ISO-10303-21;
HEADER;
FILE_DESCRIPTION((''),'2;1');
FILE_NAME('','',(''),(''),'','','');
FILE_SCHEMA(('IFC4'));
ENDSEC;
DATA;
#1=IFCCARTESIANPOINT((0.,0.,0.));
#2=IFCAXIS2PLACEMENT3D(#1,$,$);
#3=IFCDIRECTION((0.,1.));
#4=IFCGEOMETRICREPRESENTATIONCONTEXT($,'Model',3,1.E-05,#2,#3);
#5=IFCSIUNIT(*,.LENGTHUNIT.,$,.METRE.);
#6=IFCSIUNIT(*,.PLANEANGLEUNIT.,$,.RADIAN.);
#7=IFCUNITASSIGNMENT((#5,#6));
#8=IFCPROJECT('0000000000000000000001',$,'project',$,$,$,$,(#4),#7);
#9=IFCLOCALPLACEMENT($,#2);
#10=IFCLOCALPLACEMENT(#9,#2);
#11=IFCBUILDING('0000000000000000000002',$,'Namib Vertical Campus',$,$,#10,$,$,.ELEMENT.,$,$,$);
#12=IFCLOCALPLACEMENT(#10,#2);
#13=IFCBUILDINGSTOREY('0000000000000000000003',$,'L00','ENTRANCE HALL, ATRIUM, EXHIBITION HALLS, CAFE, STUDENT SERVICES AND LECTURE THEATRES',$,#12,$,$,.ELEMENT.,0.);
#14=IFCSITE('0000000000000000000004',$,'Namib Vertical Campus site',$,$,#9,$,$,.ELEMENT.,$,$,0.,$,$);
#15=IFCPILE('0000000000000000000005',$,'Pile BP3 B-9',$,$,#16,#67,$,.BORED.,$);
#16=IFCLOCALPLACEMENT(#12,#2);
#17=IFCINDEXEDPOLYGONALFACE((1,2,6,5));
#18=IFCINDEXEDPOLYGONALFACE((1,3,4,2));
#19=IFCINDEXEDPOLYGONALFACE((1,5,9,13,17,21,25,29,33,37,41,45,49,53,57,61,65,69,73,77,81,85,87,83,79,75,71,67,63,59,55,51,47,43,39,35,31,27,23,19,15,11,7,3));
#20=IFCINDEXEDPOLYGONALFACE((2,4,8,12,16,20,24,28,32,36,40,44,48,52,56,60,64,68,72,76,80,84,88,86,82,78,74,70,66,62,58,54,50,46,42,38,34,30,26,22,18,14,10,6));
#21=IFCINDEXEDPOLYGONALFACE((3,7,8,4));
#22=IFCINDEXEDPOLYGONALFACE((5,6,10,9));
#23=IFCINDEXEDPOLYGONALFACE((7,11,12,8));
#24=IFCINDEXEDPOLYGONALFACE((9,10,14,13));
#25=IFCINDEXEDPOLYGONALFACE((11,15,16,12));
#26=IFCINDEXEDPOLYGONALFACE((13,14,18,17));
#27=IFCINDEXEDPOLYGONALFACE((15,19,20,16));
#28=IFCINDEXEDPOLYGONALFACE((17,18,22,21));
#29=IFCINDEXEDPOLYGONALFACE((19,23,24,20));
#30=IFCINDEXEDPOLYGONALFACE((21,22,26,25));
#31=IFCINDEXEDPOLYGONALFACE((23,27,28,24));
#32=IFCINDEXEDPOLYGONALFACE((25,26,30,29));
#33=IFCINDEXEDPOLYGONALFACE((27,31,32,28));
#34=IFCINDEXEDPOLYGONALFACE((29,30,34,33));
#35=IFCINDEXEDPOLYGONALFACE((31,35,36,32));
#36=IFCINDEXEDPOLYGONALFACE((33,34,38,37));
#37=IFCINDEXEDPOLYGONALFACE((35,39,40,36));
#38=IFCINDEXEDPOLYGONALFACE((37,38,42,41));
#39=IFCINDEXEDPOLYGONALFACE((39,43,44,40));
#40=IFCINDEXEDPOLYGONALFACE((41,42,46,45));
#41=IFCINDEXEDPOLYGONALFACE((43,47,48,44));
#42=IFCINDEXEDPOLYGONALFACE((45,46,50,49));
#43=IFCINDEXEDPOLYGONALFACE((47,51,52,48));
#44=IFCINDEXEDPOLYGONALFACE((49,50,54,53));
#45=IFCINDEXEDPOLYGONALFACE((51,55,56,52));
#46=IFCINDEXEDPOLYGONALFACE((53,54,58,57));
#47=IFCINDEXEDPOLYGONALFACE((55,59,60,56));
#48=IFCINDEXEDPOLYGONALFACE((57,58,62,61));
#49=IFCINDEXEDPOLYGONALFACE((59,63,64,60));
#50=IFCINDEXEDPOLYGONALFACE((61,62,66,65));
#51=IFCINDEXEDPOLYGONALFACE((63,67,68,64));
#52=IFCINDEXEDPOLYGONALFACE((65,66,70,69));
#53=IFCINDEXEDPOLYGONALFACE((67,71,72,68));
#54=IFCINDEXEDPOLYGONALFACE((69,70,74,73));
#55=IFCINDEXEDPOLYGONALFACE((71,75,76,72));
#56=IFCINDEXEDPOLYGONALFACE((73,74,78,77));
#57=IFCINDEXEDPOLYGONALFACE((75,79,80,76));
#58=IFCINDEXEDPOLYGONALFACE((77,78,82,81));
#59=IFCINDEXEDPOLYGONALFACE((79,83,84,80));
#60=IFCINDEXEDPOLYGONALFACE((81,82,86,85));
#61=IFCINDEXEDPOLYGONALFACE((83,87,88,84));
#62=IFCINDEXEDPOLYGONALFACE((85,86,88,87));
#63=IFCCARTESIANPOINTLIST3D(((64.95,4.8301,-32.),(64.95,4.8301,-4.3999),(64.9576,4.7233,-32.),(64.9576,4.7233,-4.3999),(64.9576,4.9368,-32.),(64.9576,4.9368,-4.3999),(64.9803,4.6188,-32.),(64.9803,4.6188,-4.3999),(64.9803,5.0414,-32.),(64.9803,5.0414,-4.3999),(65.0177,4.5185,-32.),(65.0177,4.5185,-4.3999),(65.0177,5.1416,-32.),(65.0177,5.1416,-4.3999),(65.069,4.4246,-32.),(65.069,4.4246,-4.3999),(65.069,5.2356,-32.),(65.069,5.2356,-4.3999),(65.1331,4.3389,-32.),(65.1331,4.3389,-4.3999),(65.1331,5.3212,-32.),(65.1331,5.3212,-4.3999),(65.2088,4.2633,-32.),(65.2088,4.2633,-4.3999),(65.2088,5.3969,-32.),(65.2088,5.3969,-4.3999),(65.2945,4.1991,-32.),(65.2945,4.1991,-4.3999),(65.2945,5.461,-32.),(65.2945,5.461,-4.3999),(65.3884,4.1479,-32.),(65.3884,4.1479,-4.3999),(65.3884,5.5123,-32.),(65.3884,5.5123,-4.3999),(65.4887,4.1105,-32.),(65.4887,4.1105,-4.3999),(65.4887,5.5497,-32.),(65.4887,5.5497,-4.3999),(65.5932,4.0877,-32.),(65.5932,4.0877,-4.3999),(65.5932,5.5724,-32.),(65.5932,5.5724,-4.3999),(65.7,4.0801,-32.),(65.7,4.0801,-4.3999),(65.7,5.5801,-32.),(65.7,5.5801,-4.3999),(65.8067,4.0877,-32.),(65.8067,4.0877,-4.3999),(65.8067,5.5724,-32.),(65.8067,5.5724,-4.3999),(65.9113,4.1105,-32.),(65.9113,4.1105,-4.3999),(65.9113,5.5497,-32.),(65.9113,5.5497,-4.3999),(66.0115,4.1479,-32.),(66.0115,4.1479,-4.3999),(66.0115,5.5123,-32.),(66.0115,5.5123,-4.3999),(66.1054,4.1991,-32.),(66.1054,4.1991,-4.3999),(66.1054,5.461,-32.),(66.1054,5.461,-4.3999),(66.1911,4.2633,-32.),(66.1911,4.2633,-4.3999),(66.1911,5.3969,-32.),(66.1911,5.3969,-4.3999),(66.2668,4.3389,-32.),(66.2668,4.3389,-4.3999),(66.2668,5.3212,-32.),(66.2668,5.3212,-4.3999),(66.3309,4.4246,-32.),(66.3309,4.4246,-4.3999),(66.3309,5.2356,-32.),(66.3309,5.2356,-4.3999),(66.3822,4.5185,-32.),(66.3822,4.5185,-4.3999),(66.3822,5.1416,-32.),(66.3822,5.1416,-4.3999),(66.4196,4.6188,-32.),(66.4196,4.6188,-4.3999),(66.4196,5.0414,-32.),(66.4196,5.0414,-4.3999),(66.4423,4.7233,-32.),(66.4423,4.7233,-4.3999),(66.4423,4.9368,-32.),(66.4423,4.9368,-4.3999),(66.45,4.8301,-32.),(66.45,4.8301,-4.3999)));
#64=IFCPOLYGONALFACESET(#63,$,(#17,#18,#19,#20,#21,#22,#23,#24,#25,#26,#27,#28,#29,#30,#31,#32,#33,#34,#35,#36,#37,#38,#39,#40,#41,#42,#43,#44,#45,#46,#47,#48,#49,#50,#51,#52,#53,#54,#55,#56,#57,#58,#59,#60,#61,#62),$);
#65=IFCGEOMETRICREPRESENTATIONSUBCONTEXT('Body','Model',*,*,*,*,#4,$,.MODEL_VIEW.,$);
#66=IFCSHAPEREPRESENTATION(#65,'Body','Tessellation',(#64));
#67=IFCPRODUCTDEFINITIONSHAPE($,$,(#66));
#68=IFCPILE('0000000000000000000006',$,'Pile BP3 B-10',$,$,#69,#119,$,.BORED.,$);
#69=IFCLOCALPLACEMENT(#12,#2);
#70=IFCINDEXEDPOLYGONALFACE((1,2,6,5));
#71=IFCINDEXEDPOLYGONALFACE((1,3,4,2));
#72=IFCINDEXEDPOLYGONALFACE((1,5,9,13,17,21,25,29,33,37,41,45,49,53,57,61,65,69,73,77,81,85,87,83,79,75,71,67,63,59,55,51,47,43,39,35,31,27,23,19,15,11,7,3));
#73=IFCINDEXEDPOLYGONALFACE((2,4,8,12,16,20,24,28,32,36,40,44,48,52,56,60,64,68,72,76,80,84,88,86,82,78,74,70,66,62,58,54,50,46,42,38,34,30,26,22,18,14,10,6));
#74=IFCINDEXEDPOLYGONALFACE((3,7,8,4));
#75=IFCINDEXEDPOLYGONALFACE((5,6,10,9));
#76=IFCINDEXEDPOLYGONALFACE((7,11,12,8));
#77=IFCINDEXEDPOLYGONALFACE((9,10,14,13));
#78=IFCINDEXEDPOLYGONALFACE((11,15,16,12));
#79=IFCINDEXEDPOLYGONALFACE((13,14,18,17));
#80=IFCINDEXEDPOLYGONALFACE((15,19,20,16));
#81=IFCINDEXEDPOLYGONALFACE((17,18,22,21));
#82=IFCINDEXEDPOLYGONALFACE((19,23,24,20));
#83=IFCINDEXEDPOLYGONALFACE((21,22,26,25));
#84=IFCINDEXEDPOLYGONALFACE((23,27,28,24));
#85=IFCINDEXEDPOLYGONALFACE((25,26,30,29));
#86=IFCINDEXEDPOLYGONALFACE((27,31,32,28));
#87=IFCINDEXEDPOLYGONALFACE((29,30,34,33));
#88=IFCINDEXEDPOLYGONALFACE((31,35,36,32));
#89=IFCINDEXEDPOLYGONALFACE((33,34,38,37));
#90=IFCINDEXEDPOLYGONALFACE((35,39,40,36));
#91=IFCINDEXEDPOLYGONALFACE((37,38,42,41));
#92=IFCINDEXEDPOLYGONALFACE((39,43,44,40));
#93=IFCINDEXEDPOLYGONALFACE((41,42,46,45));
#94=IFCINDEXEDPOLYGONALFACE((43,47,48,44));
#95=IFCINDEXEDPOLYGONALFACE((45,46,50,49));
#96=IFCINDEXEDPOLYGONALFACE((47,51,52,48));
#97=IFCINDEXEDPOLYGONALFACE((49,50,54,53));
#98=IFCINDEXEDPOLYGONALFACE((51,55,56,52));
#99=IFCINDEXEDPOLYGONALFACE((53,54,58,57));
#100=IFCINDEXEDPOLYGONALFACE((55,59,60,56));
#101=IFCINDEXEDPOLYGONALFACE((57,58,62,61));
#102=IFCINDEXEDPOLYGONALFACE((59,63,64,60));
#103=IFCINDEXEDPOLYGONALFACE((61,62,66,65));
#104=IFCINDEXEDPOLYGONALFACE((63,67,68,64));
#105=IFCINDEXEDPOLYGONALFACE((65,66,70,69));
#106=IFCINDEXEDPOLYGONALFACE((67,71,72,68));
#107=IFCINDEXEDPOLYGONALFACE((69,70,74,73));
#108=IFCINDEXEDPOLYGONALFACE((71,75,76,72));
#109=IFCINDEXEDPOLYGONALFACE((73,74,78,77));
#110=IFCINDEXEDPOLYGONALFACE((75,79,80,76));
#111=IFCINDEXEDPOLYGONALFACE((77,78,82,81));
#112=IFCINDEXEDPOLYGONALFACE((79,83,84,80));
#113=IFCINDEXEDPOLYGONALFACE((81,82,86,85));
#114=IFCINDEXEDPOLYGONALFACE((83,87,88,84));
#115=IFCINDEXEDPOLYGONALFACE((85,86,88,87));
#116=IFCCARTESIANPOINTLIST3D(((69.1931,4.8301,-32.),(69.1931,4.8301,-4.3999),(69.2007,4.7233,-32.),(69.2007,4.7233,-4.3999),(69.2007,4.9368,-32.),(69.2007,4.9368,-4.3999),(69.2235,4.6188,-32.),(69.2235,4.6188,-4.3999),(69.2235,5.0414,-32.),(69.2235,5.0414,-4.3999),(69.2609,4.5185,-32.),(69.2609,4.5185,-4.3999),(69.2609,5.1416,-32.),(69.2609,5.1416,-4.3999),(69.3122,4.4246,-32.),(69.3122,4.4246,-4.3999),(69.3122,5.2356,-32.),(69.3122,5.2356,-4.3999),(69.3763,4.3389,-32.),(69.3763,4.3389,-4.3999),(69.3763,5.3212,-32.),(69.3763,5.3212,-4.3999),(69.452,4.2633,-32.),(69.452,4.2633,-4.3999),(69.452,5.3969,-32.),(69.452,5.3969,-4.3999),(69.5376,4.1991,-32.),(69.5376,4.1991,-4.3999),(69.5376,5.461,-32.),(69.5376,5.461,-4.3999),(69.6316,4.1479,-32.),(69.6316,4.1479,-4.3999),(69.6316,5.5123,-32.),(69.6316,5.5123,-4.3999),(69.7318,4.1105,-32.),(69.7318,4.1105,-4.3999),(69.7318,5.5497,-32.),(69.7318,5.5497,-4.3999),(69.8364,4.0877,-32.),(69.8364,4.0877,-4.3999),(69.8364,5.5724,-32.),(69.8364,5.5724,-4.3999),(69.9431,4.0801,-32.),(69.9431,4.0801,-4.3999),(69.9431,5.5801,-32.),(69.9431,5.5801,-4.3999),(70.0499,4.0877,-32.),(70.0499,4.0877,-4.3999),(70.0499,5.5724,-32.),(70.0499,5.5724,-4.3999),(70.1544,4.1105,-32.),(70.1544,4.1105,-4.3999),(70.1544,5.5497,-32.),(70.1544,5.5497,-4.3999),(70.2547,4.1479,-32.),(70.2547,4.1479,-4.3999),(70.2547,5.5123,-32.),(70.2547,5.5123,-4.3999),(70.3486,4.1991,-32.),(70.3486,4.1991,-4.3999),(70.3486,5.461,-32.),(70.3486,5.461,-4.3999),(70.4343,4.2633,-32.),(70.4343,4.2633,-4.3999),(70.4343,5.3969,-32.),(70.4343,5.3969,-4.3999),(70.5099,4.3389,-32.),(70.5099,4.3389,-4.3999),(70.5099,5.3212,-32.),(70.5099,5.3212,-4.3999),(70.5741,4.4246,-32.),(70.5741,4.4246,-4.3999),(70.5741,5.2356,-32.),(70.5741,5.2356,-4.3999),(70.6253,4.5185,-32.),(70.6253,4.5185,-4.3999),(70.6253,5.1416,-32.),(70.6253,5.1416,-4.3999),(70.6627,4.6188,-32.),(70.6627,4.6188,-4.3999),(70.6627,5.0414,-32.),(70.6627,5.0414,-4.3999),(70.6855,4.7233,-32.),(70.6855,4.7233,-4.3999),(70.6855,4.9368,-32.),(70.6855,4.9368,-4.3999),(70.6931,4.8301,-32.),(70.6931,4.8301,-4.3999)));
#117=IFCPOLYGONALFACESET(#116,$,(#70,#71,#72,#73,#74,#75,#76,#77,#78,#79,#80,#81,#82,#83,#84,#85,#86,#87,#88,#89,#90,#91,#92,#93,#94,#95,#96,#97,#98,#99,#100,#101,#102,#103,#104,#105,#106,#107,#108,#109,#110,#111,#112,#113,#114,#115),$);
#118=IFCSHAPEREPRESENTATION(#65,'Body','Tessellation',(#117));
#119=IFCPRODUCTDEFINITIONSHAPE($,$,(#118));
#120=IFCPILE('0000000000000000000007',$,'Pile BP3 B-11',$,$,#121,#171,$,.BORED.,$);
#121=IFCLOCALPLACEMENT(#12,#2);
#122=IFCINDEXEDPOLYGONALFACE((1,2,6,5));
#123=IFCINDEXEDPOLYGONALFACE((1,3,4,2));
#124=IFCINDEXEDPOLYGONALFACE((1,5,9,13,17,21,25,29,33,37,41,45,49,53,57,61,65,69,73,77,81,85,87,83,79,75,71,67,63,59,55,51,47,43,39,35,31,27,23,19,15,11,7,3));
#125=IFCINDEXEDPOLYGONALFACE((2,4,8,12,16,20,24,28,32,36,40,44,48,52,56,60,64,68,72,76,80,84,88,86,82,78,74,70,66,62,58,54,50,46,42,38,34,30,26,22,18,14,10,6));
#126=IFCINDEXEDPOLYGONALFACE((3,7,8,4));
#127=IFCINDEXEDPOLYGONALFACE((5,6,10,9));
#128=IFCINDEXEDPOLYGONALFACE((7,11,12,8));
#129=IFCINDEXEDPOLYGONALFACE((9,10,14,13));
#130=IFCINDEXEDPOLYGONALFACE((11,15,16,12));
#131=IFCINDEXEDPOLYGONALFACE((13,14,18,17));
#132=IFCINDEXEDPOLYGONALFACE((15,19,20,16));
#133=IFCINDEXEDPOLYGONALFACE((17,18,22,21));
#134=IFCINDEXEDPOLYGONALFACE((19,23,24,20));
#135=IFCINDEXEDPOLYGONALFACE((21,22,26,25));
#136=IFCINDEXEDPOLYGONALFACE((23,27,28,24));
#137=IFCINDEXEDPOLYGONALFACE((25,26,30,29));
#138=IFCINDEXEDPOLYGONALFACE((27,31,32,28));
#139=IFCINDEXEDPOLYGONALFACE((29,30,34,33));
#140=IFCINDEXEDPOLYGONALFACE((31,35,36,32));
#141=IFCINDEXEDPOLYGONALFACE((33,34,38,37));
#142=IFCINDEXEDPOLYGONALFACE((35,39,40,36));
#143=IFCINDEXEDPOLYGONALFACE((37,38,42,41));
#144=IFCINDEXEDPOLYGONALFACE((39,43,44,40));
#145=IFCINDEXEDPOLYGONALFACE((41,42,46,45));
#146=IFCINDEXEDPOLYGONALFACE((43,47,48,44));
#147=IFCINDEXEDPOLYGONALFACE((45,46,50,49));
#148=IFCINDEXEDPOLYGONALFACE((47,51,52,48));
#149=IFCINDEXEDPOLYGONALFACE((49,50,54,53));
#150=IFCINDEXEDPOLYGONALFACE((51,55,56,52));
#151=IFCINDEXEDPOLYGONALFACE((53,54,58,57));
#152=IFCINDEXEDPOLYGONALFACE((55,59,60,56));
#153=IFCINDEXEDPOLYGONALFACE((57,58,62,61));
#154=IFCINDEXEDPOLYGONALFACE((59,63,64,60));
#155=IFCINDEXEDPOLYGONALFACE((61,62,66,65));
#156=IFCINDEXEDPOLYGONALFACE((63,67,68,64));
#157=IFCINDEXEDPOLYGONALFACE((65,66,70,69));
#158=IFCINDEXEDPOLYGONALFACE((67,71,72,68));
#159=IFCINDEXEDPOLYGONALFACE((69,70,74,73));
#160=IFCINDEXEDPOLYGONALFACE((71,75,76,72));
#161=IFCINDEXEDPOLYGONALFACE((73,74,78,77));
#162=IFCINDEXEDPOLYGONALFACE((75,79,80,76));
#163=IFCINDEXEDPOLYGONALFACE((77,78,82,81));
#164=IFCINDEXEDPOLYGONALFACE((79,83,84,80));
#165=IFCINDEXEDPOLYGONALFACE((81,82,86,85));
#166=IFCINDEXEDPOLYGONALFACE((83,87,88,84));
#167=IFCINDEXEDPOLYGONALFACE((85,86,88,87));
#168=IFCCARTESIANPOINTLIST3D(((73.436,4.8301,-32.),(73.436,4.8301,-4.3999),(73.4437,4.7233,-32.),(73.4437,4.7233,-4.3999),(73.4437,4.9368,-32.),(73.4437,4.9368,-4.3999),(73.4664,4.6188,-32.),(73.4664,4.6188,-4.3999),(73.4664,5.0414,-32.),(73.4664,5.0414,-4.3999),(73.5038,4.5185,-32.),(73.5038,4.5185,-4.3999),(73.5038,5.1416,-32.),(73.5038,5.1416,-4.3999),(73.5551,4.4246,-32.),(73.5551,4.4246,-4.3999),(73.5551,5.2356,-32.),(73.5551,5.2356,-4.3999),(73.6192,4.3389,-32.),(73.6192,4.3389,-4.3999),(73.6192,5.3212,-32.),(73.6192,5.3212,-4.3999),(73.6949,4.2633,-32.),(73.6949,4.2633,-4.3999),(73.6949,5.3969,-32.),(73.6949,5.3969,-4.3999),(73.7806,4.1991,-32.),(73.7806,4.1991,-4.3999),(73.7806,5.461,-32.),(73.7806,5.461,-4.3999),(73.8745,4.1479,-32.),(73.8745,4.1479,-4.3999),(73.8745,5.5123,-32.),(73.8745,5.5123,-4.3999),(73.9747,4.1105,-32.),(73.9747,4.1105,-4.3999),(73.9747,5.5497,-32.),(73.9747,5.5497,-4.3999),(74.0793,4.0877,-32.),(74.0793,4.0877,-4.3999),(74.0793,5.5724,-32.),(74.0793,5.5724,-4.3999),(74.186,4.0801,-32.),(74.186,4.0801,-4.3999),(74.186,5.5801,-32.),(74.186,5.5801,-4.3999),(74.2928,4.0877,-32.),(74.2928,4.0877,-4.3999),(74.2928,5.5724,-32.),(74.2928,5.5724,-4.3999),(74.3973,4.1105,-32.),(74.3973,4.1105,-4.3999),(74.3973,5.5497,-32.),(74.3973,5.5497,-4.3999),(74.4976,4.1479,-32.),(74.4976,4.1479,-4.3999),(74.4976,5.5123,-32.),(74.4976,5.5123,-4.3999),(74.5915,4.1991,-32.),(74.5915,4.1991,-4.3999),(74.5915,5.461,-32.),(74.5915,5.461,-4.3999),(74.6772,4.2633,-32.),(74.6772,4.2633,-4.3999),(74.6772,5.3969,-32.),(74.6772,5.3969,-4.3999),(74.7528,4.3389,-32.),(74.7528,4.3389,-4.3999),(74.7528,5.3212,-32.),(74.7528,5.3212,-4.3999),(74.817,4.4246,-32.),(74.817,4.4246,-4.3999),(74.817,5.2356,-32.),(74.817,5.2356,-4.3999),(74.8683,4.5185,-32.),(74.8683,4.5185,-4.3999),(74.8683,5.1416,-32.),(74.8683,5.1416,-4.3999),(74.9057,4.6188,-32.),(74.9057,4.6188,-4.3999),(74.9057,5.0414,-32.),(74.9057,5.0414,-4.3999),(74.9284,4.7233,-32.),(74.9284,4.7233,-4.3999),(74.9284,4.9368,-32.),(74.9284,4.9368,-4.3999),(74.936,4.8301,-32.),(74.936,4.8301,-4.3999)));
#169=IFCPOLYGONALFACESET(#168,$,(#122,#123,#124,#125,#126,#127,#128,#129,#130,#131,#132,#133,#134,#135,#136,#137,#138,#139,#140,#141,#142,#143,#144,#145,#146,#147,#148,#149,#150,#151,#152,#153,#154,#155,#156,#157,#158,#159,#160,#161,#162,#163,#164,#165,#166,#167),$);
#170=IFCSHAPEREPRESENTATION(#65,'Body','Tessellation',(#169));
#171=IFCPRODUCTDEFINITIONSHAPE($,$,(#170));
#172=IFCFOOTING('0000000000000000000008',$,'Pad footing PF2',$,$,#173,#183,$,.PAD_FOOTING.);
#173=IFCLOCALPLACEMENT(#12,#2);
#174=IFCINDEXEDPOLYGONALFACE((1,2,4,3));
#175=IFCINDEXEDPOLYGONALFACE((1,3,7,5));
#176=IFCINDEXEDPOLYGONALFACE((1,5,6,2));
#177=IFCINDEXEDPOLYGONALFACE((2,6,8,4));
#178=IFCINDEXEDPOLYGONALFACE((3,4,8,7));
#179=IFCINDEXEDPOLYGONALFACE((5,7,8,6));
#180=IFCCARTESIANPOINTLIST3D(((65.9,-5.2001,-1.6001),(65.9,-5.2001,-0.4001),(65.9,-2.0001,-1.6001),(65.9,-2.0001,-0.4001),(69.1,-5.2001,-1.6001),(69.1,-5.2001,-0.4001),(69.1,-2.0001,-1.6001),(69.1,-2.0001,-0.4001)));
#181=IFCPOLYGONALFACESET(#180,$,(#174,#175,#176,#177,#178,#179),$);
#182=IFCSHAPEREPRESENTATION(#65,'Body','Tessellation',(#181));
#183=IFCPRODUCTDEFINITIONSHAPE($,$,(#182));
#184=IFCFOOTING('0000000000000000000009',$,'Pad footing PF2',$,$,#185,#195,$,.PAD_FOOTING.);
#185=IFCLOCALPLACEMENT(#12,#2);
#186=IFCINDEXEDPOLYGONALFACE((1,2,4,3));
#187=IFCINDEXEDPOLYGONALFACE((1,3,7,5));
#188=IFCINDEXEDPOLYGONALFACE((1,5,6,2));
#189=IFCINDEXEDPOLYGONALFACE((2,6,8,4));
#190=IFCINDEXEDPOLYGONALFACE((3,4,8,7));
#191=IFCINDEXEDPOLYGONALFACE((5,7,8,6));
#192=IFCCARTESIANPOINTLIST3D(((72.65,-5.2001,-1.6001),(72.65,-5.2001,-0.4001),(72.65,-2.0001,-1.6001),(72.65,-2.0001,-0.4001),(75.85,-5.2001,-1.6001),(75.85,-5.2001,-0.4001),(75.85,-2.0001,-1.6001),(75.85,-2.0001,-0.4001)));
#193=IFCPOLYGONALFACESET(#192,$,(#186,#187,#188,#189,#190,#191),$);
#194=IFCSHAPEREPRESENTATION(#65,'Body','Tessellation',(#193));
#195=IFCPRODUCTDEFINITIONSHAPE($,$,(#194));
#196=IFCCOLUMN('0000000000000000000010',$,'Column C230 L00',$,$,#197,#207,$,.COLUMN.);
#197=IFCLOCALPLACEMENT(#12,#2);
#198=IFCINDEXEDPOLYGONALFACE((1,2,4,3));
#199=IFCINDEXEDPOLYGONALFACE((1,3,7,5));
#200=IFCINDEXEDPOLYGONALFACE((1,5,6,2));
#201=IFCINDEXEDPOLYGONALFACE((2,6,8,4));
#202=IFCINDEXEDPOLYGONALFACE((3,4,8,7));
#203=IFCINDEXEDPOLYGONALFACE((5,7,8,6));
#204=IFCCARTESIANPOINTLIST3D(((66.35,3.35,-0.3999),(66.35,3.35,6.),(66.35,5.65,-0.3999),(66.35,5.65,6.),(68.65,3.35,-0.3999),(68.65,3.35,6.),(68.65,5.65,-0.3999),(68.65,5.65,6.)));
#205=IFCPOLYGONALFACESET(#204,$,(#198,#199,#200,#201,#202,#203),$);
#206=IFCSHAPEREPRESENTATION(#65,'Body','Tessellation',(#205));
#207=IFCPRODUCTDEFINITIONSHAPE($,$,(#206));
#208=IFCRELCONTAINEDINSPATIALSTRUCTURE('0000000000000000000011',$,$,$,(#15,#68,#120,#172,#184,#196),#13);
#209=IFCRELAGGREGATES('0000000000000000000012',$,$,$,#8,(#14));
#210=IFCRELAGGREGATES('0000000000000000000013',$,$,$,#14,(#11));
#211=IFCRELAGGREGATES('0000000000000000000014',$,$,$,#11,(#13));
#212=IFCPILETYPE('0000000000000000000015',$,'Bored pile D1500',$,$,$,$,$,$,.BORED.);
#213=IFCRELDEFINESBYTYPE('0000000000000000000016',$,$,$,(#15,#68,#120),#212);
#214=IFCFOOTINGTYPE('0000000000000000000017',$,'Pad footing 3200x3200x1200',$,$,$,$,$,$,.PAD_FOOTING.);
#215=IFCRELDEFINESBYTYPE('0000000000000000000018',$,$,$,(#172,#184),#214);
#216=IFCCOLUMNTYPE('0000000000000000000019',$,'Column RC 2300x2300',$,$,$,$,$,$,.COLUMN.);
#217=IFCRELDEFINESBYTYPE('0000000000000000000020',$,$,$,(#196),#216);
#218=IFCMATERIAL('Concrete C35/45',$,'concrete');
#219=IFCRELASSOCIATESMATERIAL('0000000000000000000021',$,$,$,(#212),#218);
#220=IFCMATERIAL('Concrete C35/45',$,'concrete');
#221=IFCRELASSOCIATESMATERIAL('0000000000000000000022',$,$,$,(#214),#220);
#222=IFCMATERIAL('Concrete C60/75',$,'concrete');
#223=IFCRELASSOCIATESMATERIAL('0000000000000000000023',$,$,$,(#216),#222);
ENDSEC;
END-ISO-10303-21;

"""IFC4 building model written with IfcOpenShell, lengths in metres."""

from ifc_helpers import new_model, si_unit, direction, frame, origin, origin_2d, place, context, subcontext, project, spatial, rectangle, circle, extrude, material, material_profile, profile_set, type_object, element, save


model = new_model("IFC4")

# Units and contexts
model_context = context("Model", 3, precision=1e-05, world=origin(), true_north=direction((0.0, 1.0)))
body_context = subcontext(model_context, "Body", "Model", "MODEL_VIEW")
ifc_project = project(units=[si_unit("LENGTHUNIT", "METRE"), si_unit("PLANEANGLEUNIT", "RADIAN")], contexts=[model_context])

# Site, building, storey
site_placement = place(None, origin())
site = spatial("IfcSite", under=ifc_project, at=site_placement, Name="Namib Vertical Campus site", CompositionType="ELEMENT", RefElevation=0.0)
building_placement = place(site_placement, origin())
building = spatial("IfcBuilding", under=site, at=building_placement, Name="Namib Vertical Campus", CompositionType="ELEMENT")
storey_placement = place(building_placement, origin())
storey = spatial("IfcBuildingStorey", under=building, at=storey_placement, Name="L00", Description="ENTRANCE HALL, ATRIUM, EXHIBITION HALLS, CAFE, STUDENT SERVICES AND LECTURE THEATRES", CompositionType="ELEMENT", Elevation=0.0)

# Piles
ifc_material_1 = material(Name="Concrete C35/45", Category="concrete")
ifc_material_profile_1 = material_profile(ifc_material_1, circle(Radius=0.75, at=origin_2d()))
ifc_profile_set_1 = profile_set([ifc_material_profile_1], Name="Concrete C35/45")
pile_type = type_object("IfcPileType", Name="Bored pile D1500", PredefinedType="BORED", material=ifc_profile_set_1)
for number, where, z_axis, x_axis, name in (
    (1, (65.7, 4.8301, -4.3999), (0.0, 0.0, -1.0), (1.0, 0.0, 0.0), "Pile BP3 B-9"),
    (2, (69.9431, 4.8301, -4.3999), (0.0, 0.0, -1.0), (1.0, 0.0, 0.0), "Pile BP3 B-10"),
    (3, (74.186, 4.8301, -4.3999), (0.0, 0.0, -1.0), (1.0, 0.0, 0.0), "Pile BP3 B-11"),
):
    element("IfcPile", number, at=place(storey_placement, frame(where, z_axis=z_axis, x_axis=x_axis)), inside=storey, type_object=pile_type, Name=name, PredefinedType="BORED", context=body_context, shape_type="SweptSolid", body=[
        extrude(circle(Radius=0.75, at=origin_2d()), origin(), (0.0, 0.0, 1.0), 27.6001),
    ])

# Footings
ifc_material_2 = material(Name="Concrete C35/45", Category="concrete")
footing_type = type_object("IfcFootingType", Name="Pad footing 3200x3200x1200", PredefinedType="PAD_FOOTING", material=ifc_material_2)
for number, where, z_axis, x_axis, name in (
    (4, (67.5, -3.6001, -1.6001), (0.0, 0.0, 1.0), (1.0, 0.0, 0.0), "Pad footing PF2"),
    (5, (74.25, -3.6001, -1.6001), (0.0, 0.0, 1.0), (1.0, 0.0, 0.0), "Pad footing PF2"),
):
    element("IfcFooting", number, at=place(storey_placement, frame(where, z_axis=z_axis, x_axis=x_axis)), inside=storey, type_object=footing_type, Name=name, PredefinedType="PAD_FOOTING", context=body_context, shape_type="SweptSolid", body=[
        extrude(rectangle(XDim=3.2, YDim=3.2, at=origin_2d()), origin(), (0.0, 0.0, 1.0), 1.2),
    ])

# Column
ifc_material_3 = material(Name="Concrete C60/75", Category="concrete")
ifc_material_profile_2 = material_profile(ifc_material_3, rectangle(XDim=2.3, YDim=2.3, at=origin_2d()))
ifc_profile_set_2 = profile_set([ifc_material_profile_2], Name="Concrete C60/75")
column_type_1 = type_object("IfcColumnType", Name="Column RC 2300x2300", PredefinedType="COLUMN", material=ifc_profile_set_2)
for number, where, z_axis, x_axis, name in (
    (6, (67.5, 4.5, -0.3999), (0.0, 0.0, 1.0), (1.0, 0.0, 0.0), "Column C230 L00"),
):
    element("IfcColumn", number, at=place(storey_placement, frame(where, z_axis=z_axis, x_axis=x_axis)), inside=storey, type_object=column_type_1, Name=name, PredefinedType="COLUMN", context=body_context, shape_type="SweptSolid", body=[
        extrude(rectangle(XDim=2.3, YDim=2.3, at=origin_2d()), origin(), (0.0, 0.0, 1.0), 6.3999),
    ])

save(model, "model.ifc")
